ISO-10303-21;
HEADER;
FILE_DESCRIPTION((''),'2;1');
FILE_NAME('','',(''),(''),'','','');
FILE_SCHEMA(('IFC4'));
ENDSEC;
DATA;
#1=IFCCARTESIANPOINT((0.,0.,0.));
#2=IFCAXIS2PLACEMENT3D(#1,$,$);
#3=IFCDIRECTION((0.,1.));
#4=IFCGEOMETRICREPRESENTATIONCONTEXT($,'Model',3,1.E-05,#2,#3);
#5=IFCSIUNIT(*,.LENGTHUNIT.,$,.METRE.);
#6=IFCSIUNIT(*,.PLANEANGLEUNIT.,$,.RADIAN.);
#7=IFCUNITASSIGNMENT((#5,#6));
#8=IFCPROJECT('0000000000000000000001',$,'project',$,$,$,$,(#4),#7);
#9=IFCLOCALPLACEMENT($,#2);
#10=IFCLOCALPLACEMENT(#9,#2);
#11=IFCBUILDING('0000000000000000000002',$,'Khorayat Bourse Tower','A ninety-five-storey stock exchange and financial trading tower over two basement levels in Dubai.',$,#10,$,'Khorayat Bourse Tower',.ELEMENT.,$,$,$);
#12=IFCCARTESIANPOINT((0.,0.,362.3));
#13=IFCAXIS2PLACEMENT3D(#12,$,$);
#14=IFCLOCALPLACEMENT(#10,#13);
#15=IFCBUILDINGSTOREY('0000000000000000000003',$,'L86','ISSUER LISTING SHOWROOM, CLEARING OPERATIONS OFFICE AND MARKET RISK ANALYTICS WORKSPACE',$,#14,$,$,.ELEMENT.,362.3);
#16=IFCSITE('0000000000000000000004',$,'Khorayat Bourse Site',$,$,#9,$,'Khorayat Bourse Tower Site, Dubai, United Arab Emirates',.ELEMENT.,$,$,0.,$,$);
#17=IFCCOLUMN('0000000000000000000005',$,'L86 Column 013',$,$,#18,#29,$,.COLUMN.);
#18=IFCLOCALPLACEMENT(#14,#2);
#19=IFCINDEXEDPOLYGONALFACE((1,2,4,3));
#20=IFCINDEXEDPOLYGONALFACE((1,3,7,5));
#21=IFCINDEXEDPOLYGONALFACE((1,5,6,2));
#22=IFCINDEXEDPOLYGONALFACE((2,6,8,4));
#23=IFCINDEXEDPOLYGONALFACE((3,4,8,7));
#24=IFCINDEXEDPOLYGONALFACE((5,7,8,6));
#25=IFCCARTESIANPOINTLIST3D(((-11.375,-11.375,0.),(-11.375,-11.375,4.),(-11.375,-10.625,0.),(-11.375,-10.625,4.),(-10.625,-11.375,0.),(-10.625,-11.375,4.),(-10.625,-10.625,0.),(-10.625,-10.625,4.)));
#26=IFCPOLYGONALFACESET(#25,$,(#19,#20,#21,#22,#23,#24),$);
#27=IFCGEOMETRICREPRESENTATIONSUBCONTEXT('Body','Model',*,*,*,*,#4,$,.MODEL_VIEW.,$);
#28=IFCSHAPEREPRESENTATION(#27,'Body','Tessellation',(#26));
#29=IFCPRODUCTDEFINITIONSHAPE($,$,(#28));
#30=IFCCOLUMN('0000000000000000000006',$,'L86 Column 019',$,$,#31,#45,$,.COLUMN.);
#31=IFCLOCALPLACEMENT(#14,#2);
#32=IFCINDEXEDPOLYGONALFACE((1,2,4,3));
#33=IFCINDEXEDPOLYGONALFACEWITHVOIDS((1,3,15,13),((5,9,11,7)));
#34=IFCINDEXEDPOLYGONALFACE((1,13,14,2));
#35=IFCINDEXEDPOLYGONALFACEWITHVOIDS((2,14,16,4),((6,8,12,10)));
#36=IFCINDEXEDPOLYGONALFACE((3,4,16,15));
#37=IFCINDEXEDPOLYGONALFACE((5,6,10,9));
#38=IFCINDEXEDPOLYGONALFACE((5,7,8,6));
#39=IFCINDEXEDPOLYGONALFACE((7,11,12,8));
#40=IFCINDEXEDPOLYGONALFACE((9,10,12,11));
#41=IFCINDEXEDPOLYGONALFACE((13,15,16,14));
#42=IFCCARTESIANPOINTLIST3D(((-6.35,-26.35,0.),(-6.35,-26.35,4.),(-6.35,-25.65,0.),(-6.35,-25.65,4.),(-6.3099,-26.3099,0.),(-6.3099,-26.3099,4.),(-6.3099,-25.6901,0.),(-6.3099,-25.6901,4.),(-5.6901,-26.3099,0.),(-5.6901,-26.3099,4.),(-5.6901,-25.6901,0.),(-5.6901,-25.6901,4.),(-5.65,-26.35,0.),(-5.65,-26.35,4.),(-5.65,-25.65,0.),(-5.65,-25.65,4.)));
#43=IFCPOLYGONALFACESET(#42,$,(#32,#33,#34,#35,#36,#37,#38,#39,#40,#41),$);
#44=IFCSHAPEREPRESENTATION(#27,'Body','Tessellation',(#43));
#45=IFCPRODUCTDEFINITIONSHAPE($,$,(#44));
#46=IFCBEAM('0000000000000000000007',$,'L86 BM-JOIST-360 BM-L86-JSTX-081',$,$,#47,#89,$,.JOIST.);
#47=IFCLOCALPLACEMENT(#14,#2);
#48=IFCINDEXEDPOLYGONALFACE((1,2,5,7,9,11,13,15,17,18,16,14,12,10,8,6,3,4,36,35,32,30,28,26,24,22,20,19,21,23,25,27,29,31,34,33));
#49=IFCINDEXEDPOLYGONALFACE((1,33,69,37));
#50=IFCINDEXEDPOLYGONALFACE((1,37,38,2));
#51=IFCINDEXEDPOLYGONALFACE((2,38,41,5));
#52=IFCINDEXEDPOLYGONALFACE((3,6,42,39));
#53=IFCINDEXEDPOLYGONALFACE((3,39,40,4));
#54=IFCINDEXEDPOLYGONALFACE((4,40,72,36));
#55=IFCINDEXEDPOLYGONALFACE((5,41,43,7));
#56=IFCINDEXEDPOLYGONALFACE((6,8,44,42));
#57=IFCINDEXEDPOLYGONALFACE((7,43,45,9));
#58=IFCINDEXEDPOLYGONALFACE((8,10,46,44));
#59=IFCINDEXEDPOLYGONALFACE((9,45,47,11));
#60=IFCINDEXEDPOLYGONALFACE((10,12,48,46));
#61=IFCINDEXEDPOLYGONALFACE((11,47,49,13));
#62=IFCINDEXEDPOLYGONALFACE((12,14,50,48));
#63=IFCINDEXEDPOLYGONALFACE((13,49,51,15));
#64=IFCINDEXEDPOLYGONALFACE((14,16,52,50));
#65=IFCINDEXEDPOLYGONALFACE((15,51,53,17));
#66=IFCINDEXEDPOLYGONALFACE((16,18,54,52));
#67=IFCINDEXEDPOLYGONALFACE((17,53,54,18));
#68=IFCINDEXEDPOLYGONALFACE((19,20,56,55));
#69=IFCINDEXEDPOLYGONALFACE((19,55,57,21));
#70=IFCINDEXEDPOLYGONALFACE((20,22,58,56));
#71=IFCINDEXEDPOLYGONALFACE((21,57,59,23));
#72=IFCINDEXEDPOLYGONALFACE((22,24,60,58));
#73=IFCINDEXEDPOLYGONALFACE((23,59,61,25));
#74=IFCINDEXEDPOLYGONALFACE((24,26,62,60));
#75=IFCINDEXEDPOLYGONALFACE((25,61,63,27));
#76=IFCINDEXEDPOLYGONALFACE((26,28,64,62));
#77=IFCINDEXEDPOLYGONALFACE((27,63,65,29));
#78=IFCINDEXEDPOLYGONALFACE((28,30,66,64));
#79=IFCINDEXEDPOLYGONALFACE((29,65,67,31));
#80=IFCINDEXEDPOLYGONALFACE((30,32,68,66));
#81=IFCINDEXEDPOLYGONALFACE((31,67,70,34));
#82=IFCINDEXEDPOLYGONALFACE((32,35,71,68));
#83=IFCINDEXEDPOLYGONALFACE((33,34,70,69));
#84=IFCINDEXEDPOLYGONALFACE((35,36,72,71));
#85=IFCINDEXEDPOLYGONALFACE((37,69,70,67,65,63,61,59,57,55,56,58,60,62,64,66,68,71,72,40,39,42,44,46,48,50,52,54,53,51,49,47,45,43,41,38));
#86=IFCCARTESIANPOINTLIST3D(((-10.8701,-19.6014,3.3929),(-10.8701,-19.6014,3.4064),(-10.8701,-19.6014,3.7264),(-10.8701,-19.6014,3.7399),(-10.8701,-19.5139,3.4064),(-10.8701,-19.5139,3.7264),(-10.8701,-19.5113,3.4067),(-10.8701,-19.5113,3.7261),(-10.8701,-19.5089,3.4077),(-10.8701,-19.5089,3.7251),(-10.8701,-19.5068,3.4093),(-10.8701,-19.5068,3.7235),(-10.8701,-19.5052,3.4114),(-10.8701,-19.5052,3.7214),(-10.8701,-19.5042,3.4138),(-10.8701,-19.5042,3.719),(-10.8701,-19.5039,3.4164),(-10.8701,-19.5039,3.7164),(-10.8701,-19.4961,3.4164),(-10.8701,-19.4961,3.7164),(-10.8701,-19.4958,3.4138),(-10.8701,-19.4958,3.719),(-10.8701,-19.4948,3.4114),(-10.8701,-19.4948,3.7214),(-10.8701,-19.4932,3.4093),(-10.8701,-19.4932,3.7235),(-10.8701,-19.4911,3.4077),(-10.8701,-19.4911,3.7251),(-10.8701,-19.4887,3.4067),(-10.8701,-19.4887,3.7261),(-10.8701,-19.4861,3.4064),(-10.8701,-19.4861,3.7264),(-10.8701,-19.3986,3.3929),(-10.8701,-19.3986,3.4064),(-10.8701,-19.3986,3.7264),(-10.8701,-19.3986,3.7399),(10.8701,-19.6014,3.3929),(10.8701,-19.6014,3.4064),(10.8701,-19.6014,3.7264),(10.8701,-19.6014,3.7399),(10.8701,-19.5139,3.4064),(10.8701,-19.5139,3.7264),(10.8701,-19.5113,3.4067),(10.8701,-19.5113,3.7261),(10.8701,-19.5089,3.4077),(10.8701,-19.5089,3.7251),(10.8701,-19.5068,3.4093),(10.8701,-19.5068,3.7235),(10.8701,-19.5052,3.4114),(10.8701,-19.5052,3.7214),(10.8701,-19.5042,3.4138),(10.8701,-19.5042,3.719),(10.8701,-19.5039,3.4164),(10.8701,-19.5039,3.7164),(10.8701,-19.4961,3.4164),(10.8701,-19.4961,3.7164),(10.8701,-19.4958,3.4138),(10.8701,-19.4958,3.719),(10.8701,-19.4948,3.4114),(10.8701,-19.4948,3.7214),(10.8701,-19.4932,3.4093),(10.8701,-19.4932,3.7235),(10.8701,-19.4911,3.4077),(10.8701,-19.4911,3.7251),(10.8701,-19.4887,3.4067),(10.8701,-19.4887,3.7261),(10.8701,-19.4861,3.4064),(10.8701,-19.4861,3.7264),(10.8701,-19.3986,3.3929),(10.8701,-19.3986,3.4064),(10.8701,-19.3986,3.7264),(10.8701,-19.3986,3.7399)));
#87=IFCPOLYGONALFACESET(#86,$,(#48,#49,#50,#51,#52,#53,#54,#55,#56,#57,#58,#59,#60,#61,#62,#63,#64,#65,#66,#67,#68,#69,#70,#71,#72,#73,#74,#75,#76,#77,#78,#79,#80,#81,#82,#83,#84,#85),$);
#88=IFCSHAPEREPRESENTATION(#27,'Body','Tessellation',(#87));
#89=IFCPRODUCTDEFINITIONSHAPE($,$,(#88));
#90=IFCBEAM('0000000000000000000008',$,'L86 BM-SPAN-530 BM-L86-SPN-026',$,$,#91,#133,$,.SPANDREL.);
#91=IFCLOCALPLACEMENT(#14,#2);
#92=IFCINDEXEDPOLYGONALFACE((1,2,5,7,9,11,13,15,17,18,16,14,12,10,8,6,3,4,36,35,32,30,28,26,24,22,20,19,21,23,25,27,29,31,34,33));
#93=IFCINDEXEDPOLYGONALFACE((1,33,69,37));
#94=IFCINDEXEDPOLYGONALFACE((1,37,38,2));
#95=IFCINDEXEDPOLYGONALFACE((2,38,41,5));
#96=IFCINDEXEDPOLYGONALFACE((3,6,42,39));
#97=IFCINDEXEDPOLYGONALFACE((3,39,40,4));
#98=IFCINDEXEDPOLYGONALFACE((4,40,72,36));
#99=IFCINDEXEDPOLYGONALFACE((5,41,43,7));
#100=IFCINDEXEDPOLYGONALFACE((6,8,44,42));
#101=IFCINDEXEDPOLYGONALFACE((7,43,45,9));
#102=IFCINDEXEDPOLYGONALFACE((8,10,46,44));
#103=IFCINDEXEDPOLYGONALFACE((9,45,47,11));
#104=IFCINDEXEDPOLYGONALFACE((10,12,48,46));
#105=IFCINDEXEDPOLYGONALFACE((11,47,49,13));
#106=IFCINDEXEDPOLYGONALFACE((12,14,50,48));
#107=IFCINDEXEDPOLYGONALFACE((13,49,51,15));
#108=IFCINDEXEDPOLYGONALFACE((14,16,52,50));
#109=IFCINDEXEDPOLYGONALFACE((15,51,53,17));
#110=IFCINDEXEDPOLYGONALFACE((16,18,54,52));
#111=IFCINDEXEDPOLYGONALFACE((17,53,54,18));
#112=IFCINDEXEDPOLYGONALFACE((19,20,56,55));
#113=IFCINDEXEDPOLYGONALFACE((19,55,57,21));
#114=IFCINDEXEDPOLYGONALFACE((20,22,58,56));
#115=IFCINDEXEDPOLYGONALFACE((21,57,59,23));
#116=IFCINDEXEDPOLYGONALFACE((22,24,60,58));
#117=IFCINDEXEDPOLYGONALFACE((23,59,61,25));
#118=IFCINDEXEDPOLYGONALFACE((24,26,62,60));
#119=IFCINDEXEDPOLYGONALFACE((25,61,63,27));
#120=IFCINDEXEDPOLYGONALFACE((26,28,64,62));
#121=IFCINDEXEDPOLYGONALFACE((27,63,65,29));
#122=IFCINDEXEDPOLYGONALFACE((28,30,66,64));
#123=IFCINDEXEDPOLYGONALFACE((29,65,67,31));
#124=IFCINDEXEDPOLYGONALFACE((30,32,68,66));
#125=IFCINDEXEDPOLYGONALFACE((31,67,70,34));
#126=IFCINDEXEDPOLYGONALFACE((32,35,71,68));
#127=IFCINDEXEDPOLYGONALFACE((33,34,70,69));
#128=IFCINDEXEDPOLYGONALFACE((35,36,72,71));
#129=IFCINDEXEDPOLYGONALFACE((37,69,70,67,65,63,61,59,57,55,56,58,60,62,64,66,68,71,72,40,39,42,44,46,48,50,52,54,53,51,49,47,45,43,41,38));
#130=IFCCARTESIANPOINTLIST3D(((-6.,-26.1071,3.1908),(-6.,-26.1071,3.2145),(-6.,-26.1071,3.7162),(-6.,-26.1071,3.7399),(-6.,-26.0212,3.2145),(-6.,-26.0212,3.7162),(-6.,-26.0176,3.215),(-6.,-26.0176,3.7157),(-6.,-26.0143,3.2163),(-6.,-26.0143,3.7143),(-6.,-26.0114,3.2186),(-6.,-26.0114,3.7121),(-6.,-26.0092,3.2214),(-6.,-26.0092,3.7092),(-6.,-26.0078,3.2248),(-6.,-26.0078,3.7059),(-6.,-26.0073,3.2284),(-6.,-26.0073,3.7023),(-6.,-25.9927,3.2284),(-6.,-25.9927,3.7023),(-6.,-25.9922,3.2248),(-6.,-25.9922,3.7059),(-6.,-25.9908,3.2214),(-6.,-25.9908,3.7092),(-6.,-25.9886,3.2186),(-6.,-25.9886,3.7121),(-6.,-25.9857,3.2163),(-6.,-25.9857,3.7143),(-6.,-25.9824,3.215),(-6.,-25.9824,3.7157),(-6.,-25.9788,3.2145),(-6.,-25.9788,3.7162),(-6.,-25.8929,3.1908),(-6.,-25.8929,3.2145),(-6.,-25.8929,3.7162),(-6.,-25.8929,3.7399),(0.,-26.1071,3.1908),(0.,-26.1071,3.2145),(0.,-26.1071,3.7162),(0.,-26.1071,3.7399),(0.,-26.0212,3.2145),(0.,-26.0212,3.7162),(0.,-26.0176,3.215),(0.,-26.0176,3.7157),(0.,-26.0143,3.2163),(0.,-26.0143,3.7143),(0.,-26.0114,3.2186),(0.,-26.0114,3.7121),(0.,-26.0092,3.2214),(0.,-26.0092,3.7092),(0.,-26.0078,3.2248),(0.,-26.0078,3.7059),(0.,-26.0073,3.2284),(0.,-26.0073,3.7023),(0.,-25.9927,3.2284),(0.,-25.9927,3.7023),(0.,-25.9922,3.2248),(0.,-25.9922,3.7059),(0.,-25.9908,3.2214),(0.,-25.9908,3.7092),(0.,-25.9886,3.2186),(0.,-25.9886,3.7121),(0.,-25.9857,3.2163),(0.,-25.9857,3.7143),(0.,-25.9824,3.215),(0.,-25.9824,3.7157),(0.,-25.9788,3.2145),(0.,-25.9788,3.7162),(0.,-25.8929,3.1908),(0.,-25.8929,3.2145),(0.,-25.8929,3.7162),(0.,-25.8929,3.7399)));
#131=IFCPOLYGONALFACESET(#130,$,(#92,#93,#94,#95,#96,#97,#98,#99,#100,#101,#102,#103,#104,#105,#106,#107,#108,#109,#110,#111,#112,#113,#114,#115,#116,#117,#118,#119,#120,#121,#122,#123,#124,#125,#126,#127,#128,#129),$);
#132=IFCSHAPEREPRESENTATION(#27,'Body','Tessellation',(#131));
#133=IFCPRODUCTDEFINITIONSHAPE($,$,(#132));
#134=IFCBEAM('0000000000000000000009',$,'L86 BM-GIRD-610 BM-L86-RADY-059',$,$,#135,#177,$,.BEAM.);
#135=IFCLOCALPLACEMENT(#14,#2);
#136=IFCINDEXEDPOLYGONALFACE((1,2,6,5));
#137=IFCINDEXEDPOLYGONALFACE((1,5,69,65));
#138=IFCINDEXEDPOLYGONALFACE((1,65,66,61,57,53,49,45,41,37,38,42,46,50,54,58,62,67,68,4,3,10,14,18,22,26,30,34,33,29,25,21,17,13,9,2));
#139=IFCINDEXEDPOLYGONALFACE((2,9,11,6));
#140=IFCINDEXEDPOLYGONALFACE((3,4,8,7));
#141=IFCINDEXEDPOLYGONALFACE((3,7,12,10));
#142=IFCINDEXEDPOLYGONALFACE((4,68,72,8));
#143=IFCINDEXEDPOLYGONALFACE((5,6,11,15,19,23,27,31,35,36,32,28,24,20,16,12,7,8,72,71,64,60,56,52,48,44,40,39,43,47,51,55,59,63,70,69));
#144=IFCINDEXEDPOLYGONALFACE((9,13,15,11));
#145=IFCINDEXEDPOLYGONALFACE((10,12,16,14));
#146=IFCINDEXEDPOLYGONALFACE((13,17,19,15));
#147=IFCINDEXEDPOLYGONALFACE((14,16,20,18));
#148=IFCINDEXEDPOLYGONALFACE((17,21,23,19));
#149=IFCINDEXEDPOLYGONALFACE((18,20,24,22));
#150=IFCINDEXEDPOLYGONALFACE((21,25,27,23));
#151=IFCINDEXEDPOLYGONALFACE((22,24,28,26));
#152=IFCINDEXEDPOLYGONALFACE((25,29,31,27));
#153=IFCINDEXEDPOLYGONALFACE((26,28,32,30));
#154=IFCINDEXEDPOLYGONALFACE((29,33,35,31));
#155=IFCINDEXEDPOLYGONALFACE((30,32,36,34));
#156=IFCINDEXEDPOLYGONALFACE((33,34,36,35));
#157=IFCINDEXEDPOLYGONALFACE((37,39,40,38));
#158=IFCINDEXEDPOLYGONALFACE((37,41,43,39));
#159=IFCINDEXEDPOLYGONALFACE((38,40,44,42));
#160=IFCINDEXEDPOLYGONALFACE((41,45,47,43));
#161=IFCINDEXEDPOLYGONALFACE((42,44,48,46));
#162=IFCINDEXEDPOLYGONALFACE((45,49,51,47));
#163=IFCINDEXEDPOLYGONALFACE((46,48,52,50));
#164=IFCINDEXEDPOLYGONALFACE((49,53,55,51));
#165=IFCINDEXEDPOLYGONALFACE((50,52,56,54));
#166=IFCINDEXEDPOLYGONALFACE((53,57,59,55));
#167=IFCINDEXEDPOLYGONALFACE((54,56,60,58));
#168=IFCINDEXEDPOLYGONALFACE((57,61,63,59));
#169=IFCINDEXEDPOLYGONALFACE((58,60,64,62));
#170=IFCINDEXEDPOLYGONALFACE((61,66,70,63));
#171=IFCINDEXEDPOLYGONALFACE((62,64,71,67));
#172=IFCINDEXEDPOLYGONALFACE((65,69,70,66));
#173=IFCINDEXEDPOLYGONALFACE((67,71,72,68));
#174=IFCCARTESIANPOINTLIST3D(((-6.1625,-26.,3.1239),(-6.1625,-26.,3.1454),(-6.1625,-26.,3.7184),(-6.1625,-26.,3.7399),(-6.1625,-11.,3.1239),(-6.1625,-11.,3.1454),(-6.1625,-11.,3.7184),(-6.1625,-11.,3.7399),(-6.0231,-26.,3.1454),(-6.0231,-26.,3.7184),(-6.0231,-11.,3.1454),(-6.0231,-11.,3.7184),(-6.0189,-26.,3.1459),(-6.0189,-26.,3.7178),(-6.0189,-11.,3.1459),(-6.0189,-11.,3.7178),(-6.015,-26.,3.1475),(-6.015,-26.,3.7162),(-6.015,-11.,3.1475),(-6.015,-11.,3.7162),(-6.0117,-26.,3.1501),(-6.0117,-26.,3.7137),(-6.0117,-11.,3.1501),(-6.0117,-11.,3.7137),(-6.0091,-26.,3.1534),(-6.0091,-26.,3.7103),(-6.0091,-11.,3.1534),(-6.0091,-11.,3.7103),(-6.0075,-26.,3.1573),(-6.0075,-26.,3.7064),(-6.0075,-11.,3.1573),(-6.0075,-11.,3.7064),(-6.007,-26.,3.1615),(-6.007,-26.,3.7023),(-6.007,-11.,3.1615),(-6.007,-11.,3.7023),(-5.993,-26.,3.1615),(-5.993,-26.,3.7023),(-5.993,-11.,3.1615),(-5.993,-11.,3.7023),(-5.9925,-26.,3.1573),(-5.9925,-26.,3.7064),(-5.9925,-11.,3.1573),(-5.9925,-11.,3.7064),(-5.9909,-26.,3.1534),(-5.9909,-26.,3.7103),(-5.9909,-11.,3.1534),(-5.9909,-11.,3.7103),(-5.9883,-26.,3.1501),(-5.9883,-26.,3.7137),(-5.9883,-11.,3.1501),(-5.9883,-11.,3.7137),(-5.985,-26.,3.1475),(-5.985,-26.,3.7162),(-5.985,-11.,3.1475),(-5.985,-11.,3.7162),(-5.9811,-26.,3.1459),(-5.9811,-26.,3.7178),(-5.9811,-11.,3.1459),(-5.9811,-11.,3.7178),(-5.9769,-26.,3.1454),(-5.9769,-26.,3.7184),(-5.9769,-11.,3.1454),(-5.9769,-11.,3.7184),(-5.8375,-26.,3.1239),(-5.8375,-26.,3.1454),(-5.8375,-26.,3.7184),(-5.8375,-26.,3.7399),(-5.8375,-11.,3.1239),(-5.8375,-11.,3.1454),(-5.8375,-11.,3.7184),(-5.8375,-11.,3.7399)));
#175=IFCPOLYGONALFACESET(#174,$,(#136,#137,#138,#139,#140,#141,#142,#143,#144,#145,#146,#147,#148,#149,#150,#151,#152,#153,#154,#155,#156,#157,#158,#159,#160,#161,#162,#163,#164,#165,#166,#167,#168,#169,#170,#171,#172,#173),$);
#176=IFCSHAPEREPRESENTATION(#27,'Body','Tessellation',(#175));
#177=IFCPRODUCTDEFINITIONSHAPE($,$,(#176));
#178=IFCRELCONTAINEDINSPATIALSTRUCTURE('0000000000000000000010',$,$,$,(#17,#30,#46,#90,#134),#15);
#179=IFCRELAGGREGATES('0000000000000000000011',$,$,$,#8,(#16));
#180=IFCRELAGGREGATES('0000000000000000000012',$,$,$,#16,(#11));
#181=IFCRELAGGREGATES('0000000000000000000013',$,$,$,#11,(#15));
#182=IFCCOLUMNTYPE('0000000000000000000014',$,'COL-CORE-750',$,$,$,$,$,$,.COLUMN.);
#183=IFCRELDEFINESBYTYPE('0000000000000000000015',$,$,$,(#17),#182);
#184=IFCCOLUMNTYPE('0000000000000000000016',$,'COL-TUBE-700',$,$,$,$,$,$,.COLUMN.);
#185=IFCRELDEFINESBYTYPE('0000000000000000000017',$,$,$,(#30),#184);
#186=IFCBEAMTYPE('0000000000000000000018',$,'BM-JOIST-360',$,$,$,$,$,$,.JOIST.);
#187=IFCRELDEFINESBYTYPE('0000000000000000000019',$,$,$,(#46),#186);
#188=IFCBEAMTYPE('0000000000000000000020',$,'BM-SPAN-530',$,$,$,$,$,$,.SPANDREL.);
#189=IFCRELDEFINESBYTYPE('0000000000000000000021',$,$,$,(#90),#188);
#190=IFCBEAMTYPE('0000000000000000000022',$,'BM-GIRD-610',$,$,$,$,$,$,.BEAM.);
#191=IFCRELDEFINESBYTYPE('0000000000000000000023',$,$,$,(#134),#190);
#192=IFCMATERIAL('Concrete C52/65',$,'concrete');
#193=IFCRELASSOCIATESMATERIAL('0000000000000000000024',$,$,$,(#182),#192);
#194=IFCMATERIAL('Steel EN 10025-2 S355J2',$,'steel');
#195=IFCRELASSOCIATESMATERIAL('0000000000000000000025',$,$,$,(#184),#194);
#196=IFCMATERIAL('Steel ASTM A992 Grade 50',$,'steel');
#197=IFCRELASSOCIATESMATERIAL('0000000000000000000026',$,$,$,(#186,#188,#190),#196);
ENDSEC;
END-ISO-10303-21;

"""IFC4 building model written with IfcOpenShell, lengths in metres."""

from ifc_helpers import new_model, si_unit, direction, frame, origin, origin_2d, place, context, subcontext, project, spatial, rectangle, hollow_rectangle, i_section, extrude, source, transform, mapped, material, material_profile, profile_set, type_object, element, save


model = new_model("IFC4")

# Units and contexts
model_context = context("Model", 3, precision=1e-05, world=origin(), true_north=direction((0.0, 1.0)))
body_context = subcontext(model_context, "Body", "Model", "MODEL_VIEW")
ifc_project = project(units=[si_unit("LENGTHUNIT", "METRE"), si_unit("PLANEANGLEUNIT", "RADIAN")], contexts=[model_context])

# Site, building, storey
site_placement = place(None, origin())
site = spatial("IfcSite", under=ifc_project, at=site_placement, Name="Khorayat Bourse Site", LongName="Khorayat Bourse Tower Site, Dubai, United Arab Emirates", CompositionType="ELEMENT", RefElevation=0.0)
building_placement = place(site_placement, origin())
building = spatial("IfcBuilding", under=site, at=building_placement, Name="Khorayat Bourse Tower", Description="A ninety-five-storey stock exchange and financial trading tower over two basement levels in Dubai.", LongName="Khorayat Bourse Tower", CompositionType="ELEMENT")
storey_placement = place(building_placement, frame((0.0, 0.0, 362.3)))
storey = spatial("IfcBuildingStorey", under=building, at=storey_placement, Name="L86", Description="ISSUER LISTING SHOWROOM, CLEARING OPERATIONS OFFICE AND MARKET RISK ANALYTICS WORKSPACE", CompositionType="ELEMENT", Elevation=362.3)

# Columns
ifc_material_1 = material(Name="Concrete C52/65", Category="concrete")
ifc_material_profile_1 = material_profile(ifc_material_1, rectangle(XDim=0.75, YDim=0.75, at=origin_2d()), Name="RC 750x750")
ifc_profile_set_1 = profile_set([ifc_material_profile_1], Name="Concrete C52/65")
column_type_1 = type_object("IfcColumnType", Name="COL-CORE-750", PredefinedType="COLUMN", material=ifc_profile_set_1)
shared_shape_1 = source(origin(), body_context, "Body", "SweptSolid", [
    extrude(rectangle(XDim=0.75, YDim=0.75, at=origin_2d()), origin(), (0.0, 0.0, 1.0), 4.0),
])
column_1_placement = place(storey_placement, frame((-11.0, -11.0, 0.0), z_axis=(0.0, 0.0, 1.0), x_axis=(1.0, 0.0, 0.0)))
element("IfcColumn", 1, at=column_1_placement, inside=storey, type_object=column_type_1, Name="L86 Column 013", PredefinedType="COLUMN", context=body_context, shape_type="MappedRepresentation", body=[
    mapped(shared_shape_1, transform((0.0, 0.0, 0.0), scale=1.0)),
])
ifc_material_2 = material(Name="Steel EN 10025-2 S355J2", Category="steel")
ifc_material_profile_2 = material_profile(ifc_material_2, hollow_rectangle(XDim=0.7, YDim=0.7, WallThickness=0.04, at=origin_2d()), Name="BOX 700x700x40")
ifc_profile_set_2 = profile_set([ifc_material_profile_2], Name="Steel EN 10025-2 S355J2")
column_type_2 = type_object("IfcColumnType", Name="COL-TUBE-700", PredefinedType="COLUMN", material=ifc_profile_set_2)
shared_shape_2 = source(origin(), body_context, "Body", "SweptSolid", [
    extrude(hollow_rectangle(XDim=0.7, YDim=0.7, WallThickness=0.04, at=origin_2d()), origin(), (0.0, 0.0, 1.0), 4.0),
])
column_2_placement = place(storey_placement, frame((-6.0, -26.0, 0.0), z_axis=(0.0, 0.0, 1.0), x_axis=(1.0, 0.0, 0.0)))
element("IfcColumn", 2, at=column_2_placement, inside=storey, type_object=column_type_2, Name="L86 Column 019", PredefinedType="COLUMN", context=body_context, shape_type="MappedRepresentation", body=[
    mapped(shared_shape_2, transform((0.0, 0.0, 0.0), scale=1.0)),
])

# Beams
ifc_material_3 = material(Name="Steel ASTM A992 Grade 50", Category="steel")
ifc_material_profile_3 = material_profile(ifc_material_3, i_section(OverallWidth=0.2029, OverallDepth=0.3469, WebThickness=0.0078, FlangeThickness=0.0134, FilletRadius=0.01, at=origin_2d()), Name="W360X64")
ifc_profile_set_3 = profile_set([ifc_material_profile_3], Name="Steel ASTM A992 Grade 50")
beam_type_1 = type_object("IfcBeamType", Name="BM-JOIST-360", PredefinedType="JOIST", material=ifc_profile_set_3)
shared_shape_3 = source(origin(), body_context, "Body", "SweptSolid", [
    extrude(i_section(OverallWidth=0.2029, OverallDepth=0.3469, WebThickness=0.0078, FlangeThickness=0.0134, FilletRadius=0.01, at=origin_2d()), origin(), (0.0, 0.0, 1.0), 21.7402),
])
beam_1_placement = place(storey_placement, frame((-10.8701, -19.5, 3.5664), z_axis=(1.0, 0.0, 0.0), x_axis=(0.0, 1.0, 0.0)))
element("IfcBeam", 3, at=beam_1_placement, inside=storey, type_object=beam_type_1, Name="L86 BM-JOIST-360 BM-L86-JSTX-081", PredefinedType="JOIST", context=body_context, shape_type="MappedRepresentation", body=[
    mapped(shared_shape_3, transform((0.0, 0.0, 0.0), scale=1.0)),
])
ifc_material_profile_4 = material_profile(ifc_material_3, i_section(OverallWidth=0.2141, OverallDepth=0.5491, WebThickness=0.0146, FlangeThickness=0.0237, FilletRadius=0.0139, at=origin_2d()), Name="W530X138")
ifc_profile_set_4 = profile_set([ifc_material_profile_4], Name="Steel ASTM A992 Grade 50")
beam_type_2 = type_object("IfcBeamType", Name="BM-SPAN-530", PredefinedType="SPANDREL", material=ifc_profile_set_4)
shared_shape_4 = source(origin(), body_context, "Body", "SweptSolid", [
    extrude(i_section(OverallWidth=0.2141, OverallDepth=0.5491, WebThickness=0.0146, FlangeThickness=0.0237, FilletRadius=0.0139, at=origin_2d()), origin(), (0.0, 0.0, 1.0), 6.0),
])
beam_2_placement = place(storey_placement, frame((-6.0, -26.0, 3.4653), z_axis=(1.0, 0.0, 0.0), x_axis=(0.0, 1.0, 0.0)))
element("IfcBeam", 4, at=beam_2_placement, inside=storey, type_object=beam_type_2, Name="L86 BM-SPAN-530 BM-L86-SPN-026", PredefinedType="SPANDREL", context=body_context, shape_type="MappedRepresentation", body=[
    mapped(shared_shape_4, transform((0.0, 0.0, 0.0), scale=1.0)),
])
ifc_material_profile_5 = material_profile(ifc_material_3, i_section(OverallWidth=0.325, OverallDepth=0.616, WebThickness=0.0139, FlangeThickness=0.0215, FilletRadius=0.0161, at=origin_2d()), Name="W610X174")
ifc_profile_set_5 = profile_set([ifc_material_profile_5], Name="Steel ASTM A992 Grade 50")
beam_type_3 = type_object("IfcBeamType", Name="BM-GIRD-610", PredefinedType="BEAM", material=ifc_profile_set_5)
shared_shape_5 = source(origin(), body_context, "Body", "SweptSolid", [
    extrude(i_section(OverallWidth=0.325, OverallDepth=0.616, WebThickness=0.0139, FlangeThickness=0.0215, FilletRadius=0.0161, at=origin_2d()), origin(), (0.0, 0.0, 1.0), 15.0),
])
beam_3_placement = place(storey_placement, frame((-6.0, -26.0, 3.4319), z_axis=(0.0, 1.0, 0.0), x_axis=(-1.0, 0.0, 0.0)))
element("IfcBeam", 5, at=beam_3_placement, inside=storey, type_object=beam_type_3, Name="L86 BM-GIRD-610 BM-L86-RADY-059", PredefinedType="BEAM", context=body_context, shape_type="MappedRepresentation", body=[
    mapped(shared_shape_5, transform((0.0, 0.0, 0.0), scale=1.0)),
])

save(model, "model.ifc")
